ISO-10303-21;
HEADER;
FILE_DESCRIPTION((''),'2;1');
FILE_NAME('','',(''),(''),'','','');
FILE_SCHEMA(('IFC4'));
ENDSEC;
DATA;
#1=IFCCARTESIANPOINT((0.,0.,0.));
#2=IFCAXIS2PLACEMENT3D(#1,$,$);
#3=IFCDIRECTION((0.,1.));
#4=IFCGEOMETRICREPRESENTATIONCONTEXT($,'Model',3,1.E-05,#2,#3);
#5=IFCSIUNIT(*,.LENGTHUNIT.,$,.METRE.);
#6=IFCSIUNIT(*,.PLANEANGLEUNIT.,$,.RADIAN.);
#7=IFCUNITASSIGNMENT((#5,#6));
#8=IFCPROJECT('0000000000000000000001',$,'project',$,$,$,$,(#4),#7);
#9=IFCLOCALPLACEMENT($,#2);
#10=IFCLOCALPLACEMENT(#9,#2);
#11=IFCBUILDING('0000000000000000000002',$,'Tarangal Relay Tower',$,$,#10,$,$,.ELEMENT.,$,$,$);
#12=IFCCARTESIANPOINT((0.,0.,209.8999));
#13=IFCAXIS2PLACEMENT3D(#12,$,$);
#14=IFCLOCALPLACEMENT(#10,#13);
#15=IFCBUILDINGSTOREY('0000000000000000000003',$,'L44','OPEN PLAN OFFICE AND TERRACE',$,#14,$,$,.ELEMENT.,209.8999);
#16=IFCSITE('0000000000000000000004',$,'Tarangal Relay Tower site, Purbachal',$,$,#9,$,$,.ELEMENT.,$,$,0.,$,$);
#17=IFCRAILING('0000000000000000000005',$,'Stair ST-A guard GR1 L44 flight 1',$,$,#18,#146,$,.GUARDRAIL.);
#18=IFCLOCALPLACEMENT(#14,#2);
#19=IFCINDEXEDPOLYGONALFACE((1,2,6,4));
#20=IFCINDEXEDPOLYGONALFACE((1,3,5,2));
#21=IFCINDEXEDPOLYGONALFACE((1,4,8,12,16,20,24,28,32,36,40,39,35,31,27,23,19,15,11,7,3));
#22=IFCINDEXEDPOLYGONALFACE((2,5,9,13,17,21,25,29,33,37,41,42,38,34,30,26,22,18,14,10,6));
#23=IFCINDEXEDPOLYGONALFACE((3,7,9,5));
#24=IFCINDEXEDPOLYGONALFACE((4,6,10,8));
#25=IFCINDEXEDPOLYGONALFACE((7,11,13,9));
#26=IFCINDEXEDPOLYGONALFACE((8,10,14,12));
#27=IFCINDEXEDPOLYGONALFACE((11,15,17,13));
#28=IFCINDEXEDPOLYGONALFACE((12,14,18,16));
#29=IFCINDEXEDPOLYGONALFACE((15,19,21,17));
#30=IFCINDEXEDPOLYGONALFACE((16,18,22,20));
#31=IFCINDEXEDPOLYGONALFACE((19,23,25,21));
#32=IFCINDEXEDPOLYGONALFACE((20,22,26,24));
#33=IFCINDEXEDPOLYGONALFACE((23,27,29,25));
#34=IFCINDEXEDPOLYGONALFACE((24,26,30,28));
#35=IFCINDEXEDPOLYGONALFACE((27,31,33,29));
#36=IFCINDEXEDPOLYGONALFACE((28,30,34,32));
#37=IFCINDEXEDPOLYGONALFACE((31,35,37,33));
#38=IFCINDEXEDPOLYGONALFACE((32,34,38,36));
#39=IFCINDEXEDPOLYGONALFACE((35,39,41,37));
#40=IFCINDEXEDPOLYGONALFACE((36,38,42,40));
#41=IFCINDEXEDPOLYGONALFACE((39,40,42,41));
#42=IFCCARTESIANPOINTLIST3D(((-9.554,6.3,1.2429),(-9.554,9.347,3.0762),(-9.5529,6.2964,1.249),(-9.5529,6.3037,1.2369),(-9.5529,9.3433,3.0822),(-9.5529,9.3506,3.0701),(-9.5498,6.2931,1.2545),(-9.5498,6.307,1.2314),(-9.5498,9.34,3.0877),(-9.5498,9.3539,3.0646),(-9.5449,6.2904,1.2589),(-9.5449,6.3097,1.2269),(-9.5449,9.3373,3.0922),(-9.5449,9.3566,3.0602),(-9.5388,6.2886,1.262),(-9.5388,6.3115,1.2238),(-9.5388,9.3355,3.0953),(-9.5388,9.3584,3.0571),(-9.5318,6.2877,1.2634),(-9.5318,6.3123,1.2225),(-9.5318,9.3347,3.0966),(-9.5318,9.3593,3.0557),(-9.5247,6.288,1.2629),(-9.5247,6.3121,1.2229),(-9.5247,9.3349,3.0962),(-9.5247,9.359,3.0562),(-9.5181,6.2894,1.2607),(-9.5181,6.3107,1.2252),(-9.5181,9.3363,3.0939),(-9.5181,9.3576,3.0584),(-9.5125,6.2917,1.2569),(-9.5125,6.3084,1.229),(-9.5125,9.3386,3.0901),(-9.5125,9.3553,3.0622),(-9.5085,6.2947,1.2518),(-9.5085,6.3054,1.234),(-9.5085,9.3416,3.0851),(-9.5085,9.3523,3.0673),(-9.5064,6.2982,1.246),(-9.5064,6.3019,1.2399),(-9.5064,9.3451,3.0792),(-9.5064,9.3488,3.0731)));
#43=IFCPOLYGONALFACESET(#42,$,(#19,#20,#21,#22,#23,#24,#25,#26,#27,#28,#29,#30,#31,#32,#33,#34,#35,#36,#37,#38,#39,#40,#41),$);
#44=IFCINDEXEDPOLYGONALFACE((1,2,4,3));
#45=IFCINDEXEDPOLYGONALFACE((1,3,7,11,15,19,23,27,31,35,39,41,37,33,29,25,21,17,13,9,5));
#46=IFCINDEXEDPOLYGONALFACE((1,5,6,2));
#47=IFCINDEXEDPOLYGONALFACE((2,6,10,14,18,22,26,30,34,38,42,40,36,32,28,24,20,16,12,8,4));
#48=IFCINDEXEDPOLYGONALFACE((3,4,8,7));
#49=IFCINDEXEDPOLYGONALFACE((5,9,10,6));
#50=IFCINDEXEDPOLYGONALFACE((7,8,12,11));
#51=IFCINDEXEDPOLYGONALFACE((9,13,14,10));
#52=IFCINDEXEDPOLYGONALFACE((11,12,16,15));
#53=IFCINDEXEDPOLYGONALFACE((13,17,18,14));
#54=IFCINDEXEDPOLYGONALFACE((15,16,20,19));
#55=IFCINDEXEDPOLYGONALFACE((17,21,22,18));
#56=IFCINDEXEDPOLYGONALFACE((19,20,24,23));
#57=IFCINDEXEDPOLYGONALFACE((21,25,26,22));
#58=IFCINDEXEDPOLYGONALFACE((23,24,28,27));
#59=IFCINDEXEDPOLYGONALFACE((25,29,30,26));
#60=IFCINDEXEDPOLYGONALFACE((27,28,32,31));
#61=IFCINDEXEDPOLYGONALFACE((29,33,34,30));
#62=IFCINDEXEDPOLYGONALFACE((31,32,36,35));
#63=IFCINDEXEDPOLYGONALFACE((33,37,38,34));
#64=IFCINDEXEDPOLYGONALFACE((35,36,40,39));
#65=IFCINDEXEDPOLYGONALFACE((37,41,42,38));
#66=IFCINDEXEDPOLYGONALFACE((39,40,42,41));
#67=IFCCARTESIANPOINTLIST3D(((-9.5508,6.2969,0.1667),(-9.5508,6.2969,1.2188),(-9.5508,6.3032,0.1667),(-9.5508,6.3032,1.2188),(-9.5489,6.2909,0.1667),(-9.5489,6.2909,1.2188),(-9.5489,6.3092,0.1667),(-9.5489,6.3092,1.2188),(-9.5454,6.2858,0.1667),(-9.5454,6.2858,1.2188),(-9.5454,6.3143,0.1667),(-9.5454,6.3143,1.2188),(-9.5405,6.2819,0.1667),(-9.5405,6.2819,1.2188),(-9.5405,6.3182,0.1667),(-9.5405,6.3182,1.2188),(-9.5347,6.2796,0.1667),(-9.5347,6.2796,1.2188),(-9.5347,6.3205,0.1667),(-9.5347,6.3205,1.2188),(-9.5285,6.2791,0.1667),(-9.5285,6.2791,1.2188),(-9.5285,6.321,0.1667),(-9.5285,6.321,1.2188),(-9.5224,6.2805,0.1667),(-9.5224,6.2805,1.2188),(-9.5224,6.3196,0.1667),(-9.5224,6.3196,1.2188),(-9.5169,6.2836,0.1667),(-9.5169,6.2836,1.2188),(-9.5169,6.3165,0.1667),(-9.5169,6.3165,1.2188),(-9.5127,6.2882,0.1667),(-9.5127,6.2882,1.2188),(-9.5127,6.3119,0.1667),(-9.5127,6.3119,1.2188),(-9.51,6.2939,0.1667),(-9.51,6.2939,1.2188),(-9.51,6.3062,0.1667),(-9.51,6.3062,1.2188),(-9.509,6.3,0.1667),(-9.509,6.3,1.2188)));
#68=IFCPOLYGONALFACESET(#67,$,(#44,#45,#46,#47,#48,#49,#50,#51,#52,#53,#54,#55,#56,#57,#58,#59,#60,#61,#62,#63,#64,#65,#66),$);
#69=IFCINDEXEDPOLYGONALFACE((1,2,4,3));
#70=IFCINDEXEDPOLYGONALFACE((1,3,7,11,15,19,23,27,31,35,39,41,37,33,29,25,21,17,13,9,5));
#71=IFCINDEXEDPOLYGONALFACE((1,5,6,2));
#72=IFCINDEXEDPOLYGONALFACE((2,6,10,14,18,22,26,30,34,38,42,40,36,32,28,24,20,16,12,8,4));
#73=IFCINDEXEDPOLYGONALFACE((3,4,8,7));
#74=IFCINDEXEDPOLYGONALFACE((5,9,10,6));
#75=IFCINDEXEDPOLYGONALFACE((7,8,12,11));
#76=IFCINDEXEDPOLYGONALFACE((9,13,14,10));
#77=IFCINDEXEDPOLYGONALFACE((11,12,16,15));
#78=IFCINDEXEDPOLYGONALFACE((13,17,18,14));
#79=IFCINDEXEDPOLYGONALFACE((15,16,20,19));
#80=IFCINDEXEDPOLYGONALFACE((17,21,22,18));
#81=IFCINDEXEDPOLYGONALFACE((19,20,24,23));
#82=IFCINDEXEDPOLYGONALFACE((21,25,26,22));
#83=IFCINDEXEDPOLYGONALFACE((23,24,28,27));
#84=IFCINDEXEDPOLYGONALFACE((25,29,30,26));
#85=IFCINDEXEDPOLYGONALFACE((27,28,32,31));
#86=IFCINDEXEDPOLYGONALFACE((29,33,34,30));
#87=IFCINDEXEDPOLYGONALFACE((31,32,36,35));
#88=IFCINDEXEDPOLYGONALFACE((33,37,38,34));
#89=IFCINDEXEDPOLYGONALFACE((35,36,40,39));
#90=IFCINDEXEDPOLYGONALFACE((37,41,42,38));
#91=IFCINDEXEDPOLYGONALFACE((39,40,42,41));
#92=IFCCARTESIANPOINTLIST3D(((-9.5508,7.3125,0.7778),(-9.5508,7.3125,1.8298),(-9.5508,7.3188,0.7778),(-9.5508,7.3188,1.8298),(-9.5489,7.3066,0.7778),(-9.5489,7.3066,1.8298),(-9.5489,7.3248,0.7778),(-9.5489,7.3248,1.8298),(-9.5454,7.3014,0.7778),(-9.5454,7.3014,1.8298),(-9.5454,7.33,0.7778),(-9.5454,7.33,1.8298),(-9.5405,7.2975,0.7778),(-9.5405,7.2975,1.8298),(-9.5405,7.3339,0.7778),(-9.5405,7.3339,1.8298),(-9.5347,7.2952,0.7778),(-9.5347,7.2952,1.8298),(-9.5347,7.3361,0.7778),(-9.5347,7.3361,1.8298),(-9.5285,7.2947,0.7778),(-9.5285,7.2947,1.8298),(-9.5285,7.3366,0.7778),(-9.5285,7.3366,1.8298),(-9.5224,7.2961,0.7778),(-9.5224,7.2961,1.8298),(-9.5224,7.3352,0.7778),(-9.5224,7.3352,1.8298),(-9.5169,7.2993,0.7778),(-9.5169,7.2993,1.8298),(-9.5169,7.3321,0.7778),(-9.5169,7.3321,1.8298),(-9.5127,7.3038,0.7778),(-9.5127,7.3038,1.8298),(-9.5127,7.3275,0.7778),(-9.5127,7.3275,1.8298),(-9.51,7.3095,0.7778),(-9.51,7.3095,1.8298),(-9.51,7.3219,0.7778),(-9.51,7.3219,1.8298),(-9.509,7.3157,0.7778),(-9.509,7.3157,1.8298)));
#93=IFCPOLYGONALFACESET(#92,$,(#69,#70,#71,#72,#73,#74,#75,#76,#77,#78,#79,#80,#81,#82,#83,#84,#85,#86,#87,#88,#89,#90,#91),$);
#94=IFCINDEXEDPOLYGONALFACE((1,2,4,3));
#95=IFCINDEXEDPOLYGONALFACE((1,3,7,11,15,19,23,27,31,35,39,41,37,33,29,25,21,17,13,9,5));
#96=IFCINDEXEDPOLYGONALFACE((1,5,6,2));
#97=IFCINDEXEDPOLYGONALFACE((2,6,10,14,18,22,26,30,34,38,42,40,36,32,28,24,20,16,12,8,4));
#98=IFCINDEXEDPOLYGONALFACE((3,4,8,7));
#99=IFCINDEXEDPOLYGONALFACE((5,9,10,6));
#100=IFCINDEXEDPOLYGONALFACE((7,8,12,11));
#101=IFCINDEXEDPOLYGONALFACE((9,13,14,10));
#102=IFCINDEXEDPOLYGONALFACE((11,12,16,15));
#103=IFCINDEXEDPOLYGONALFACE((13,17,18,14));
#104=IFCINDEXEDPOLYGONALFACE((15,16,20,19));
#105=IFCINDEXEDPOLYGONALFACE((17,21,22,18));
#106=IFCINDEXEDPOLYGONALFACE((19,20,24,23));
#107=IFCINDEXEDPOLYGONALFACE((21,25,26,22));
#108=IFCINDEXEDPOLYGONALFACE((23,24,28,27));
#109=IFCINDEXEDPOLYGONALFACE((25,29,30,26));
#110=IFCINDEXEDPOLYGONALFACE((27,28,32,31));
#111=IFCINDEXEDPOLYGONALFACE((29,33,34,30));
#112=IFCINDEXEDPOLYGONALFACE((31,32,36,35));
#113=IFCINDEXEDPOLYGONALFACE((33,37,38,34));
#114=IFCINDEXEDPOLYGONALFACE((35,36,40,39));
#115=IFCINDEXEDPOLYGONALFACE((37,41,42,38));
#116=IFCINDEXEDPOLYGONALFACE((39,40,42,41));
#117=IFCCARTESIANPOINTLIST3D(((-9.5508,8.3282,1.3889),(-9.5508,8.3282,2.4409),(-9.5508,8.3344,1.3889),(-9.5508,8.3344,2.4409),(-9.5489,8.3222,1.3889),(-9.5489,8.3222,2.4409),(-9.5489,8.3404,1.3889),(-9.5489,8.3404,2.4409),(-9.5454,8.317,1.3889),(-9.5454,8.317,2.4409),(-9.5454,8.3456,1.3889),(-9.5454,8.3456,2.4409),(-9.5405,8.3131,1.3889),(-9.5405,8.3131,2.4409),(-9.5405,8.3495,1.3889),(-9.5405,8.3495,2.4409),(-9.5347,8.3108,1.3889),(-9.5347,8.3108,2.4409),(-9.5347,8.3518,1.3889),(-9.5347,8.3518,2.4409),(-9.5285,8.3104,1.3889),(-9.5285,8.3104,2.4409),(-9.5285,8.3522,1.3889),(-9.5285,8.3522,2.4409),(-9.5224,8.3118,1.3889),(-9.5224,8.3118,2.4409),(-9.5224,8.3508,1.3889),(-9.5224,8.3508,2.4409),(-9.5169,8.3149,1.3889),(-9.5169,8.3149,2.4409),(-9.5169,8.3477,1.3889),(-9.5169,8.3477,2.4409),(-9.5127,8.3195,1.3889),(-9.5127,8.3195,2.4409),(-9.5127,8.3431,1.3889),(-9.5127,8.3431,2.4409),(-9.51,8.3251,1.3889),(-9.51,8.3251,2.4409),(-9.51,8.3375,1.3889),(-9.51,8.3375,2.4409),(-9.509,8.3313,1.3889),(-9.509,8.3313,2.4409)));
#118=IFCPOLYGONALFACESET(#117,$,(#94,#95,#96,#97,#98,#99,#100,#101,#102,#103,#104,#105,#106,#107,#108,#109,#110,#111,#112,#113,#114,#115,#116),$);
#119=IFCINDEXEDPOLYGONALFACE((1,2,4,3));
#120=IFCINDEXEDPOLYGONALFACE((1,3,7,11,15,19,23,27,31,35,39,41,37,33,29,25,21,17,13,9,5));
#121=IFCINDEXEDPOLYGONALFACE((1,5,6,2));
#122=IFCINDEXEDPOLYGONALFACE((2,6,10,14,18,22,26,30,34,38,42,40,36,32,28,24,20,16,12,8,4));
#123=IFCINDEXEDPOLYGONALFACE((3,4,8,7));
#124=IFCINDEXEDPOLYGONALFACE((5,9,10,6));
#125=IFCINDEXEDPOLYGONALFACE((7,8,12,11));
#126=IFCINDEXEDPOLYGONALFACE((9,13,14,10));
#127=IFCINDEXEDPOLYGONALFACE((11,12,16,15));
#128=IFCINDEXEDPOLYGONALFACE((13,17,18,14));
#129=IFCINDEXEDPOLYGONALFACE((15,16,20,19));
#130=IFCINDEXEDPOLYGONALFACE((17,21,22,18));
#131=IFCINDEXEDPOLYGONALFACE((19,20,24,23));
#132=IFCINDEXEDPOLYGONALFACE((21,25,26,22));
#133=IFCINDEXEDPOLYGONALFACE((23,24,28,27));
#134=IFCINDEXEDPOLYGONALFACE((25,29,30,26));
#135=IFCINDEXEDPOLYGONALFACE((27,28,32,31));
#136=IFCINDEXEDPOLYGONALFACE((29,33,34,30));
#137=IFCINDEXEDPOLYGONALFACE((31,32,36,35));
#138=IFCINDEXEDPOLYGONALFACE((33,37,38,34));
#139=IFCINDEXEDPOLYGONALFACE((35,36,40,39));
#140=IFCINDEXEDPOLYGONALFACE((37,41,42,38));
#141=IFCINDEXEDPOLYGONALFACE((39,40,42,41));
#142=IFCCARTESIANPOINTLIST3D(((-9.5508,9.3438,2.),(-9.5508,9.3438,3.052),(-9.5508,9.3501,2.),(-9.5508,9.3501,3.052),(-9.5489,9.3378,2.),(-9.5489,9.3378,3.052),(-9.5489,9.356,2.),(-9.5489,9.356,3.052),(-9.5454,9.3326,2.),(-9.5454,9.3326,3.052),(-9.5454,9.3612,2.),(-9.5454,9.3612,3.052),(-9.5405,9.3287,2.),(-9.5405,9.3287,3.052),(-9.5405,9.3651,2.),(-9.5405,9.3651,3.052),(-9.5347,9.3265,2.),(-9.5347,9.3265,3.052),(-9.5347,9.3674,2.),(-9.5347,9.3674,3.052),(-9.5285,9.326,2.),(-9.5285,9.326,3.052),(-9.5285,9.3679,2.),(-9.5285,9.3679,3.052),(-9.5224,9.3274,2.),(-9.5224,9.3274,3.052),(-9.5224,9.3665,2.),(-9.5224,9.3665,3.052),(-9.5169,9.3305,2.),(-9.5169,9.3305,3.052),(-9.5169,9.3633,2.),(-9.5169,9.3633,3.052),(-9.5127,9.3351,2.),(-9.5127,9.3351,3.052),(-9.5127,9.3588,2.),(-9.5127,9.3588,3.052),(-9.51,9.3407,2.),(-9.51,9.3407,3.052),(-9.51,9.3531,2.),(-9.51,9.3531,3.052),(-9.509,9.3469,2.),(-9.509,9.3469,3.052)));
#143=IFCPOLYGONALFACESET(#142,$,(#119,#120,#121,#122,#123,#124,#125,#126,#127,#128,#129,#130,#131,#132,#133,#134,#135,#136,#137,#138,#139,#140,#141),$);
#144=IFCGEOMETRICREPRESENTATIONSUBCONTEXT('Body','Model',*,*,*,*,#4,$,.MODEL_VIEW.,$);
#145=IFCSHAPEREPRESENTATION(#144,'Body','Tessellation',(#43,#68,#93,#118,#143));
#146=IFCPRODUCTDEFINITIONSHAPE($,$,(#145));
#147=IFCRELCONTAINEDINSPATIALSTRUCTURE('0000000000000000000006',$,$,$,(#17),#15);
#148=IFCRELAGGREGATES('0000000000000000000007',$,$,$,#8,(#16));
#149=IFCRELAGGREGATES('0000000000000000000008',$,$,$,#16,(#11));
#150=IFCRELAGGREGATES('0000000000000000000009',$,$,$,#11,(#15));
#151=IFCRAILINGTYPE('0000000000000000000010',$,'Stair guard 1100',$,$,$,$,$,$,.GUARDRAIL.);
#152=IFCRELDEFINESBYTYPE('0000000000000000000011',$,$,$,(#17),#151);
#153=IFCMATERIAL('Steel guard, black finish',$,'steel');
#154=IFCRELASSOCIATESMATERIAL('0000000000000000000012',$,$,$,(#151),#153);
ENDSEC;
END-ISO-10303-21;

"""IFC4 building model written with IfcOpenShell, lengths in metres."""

from ifc_helpers import new_model, si_unit, direction, frame, origin, origin_2d, place, context, subcontext, project, spatial, circle, extrude, material, type_object, element, save


model = new_model("IFC4")

# Units and contexts
model_context = context("Model", 3, precision=1e-05, world=origin(), true_north=direction((0.0, 1.0)))
body_context = subcontext(model_context, "Body", "Model", "MODEL_VIEW")
ifc_project = project(units=[si_unit("LENGTHUNIT", "METRE"), si_unit("PLANEANGLEUNIT", "RADIAN")], contexts=[model_context])

# Site, building, storey
site_placement = place(None, origin())
site = spatial("IfcSite", under=ifc_project, at=site_placement, Name="Tarangal Relay Tower site, Purbachal", CompositionType="ELEMENT", RefElevation=0.0)
building_placement = place(site_placement, origin())
building = spatial("IfcBuilding", under=site, at=building_placement, Name="Tarangal Relay Tower", CompositionType="ELEMENT")
storey_placement = place(building_placement, frame((0.0, 0.0, 209.8999)))
storey = spatial("IfcBuildingStorey", under=building, at=storey_placement, Name="L44", Description="OPEN PLAN OFFICE AND TERRACE", CompositionType="ELEMENT", Elevation=209.8999)

# Railing
ifc_material_1 = material(Name="Steel guard, black finish", Category="steel")
railing_type_1 = type_object("IfcRailingType", Name="Stair guard 1100", PredefinedType="GUARDRAIL", material=ifc_material_1)
railing_1_placement = place(storey_placement, frame((-9.53, 6.3, 0.1667)))
element("IfcRailing", 1, at=railing_1_placement, inside=storey, type_object=railing_type_1, Name="Stair ST-A guard GR1 L44 flight 1", PredefinedType="GUARDRAIL", context=body_context, shape_type="SweptSolid", body=[
    extrude(circle(Radius=0.0239, at=origin_2d()), frame((0.0, 0.0, 1.0762), z_axis=(0.0, 0.856856, 0.515556), x_axis=(-1.0, 0.0, 0.0)), (0.0, 0.0, 1.0), 3.5559),
    extrude(circle(Radius=0.021, at=origin_2d()), origin(), (0.0, 0.0, 1.0), 1.052),
    extrude(circle(Radius=0.021, at=origin_2d()), frame((0.0, 1.0156, 0.6111)), (0.0, 0.0, 1.0), 1.052),
    extrude(circle(Radius=0.021, at=origin_2d()), frame((0.0, 2.0312, 1.2222)), (0.0, 0.0, 1.0), 1.052),
    extrude(circle(Radius=0.021, at=origin_2d()), frame((0.0, 3.0469, 1.8333)), (0.0, 0.0, 1.0), 1.052),
])

save(model, "model.ifc")
